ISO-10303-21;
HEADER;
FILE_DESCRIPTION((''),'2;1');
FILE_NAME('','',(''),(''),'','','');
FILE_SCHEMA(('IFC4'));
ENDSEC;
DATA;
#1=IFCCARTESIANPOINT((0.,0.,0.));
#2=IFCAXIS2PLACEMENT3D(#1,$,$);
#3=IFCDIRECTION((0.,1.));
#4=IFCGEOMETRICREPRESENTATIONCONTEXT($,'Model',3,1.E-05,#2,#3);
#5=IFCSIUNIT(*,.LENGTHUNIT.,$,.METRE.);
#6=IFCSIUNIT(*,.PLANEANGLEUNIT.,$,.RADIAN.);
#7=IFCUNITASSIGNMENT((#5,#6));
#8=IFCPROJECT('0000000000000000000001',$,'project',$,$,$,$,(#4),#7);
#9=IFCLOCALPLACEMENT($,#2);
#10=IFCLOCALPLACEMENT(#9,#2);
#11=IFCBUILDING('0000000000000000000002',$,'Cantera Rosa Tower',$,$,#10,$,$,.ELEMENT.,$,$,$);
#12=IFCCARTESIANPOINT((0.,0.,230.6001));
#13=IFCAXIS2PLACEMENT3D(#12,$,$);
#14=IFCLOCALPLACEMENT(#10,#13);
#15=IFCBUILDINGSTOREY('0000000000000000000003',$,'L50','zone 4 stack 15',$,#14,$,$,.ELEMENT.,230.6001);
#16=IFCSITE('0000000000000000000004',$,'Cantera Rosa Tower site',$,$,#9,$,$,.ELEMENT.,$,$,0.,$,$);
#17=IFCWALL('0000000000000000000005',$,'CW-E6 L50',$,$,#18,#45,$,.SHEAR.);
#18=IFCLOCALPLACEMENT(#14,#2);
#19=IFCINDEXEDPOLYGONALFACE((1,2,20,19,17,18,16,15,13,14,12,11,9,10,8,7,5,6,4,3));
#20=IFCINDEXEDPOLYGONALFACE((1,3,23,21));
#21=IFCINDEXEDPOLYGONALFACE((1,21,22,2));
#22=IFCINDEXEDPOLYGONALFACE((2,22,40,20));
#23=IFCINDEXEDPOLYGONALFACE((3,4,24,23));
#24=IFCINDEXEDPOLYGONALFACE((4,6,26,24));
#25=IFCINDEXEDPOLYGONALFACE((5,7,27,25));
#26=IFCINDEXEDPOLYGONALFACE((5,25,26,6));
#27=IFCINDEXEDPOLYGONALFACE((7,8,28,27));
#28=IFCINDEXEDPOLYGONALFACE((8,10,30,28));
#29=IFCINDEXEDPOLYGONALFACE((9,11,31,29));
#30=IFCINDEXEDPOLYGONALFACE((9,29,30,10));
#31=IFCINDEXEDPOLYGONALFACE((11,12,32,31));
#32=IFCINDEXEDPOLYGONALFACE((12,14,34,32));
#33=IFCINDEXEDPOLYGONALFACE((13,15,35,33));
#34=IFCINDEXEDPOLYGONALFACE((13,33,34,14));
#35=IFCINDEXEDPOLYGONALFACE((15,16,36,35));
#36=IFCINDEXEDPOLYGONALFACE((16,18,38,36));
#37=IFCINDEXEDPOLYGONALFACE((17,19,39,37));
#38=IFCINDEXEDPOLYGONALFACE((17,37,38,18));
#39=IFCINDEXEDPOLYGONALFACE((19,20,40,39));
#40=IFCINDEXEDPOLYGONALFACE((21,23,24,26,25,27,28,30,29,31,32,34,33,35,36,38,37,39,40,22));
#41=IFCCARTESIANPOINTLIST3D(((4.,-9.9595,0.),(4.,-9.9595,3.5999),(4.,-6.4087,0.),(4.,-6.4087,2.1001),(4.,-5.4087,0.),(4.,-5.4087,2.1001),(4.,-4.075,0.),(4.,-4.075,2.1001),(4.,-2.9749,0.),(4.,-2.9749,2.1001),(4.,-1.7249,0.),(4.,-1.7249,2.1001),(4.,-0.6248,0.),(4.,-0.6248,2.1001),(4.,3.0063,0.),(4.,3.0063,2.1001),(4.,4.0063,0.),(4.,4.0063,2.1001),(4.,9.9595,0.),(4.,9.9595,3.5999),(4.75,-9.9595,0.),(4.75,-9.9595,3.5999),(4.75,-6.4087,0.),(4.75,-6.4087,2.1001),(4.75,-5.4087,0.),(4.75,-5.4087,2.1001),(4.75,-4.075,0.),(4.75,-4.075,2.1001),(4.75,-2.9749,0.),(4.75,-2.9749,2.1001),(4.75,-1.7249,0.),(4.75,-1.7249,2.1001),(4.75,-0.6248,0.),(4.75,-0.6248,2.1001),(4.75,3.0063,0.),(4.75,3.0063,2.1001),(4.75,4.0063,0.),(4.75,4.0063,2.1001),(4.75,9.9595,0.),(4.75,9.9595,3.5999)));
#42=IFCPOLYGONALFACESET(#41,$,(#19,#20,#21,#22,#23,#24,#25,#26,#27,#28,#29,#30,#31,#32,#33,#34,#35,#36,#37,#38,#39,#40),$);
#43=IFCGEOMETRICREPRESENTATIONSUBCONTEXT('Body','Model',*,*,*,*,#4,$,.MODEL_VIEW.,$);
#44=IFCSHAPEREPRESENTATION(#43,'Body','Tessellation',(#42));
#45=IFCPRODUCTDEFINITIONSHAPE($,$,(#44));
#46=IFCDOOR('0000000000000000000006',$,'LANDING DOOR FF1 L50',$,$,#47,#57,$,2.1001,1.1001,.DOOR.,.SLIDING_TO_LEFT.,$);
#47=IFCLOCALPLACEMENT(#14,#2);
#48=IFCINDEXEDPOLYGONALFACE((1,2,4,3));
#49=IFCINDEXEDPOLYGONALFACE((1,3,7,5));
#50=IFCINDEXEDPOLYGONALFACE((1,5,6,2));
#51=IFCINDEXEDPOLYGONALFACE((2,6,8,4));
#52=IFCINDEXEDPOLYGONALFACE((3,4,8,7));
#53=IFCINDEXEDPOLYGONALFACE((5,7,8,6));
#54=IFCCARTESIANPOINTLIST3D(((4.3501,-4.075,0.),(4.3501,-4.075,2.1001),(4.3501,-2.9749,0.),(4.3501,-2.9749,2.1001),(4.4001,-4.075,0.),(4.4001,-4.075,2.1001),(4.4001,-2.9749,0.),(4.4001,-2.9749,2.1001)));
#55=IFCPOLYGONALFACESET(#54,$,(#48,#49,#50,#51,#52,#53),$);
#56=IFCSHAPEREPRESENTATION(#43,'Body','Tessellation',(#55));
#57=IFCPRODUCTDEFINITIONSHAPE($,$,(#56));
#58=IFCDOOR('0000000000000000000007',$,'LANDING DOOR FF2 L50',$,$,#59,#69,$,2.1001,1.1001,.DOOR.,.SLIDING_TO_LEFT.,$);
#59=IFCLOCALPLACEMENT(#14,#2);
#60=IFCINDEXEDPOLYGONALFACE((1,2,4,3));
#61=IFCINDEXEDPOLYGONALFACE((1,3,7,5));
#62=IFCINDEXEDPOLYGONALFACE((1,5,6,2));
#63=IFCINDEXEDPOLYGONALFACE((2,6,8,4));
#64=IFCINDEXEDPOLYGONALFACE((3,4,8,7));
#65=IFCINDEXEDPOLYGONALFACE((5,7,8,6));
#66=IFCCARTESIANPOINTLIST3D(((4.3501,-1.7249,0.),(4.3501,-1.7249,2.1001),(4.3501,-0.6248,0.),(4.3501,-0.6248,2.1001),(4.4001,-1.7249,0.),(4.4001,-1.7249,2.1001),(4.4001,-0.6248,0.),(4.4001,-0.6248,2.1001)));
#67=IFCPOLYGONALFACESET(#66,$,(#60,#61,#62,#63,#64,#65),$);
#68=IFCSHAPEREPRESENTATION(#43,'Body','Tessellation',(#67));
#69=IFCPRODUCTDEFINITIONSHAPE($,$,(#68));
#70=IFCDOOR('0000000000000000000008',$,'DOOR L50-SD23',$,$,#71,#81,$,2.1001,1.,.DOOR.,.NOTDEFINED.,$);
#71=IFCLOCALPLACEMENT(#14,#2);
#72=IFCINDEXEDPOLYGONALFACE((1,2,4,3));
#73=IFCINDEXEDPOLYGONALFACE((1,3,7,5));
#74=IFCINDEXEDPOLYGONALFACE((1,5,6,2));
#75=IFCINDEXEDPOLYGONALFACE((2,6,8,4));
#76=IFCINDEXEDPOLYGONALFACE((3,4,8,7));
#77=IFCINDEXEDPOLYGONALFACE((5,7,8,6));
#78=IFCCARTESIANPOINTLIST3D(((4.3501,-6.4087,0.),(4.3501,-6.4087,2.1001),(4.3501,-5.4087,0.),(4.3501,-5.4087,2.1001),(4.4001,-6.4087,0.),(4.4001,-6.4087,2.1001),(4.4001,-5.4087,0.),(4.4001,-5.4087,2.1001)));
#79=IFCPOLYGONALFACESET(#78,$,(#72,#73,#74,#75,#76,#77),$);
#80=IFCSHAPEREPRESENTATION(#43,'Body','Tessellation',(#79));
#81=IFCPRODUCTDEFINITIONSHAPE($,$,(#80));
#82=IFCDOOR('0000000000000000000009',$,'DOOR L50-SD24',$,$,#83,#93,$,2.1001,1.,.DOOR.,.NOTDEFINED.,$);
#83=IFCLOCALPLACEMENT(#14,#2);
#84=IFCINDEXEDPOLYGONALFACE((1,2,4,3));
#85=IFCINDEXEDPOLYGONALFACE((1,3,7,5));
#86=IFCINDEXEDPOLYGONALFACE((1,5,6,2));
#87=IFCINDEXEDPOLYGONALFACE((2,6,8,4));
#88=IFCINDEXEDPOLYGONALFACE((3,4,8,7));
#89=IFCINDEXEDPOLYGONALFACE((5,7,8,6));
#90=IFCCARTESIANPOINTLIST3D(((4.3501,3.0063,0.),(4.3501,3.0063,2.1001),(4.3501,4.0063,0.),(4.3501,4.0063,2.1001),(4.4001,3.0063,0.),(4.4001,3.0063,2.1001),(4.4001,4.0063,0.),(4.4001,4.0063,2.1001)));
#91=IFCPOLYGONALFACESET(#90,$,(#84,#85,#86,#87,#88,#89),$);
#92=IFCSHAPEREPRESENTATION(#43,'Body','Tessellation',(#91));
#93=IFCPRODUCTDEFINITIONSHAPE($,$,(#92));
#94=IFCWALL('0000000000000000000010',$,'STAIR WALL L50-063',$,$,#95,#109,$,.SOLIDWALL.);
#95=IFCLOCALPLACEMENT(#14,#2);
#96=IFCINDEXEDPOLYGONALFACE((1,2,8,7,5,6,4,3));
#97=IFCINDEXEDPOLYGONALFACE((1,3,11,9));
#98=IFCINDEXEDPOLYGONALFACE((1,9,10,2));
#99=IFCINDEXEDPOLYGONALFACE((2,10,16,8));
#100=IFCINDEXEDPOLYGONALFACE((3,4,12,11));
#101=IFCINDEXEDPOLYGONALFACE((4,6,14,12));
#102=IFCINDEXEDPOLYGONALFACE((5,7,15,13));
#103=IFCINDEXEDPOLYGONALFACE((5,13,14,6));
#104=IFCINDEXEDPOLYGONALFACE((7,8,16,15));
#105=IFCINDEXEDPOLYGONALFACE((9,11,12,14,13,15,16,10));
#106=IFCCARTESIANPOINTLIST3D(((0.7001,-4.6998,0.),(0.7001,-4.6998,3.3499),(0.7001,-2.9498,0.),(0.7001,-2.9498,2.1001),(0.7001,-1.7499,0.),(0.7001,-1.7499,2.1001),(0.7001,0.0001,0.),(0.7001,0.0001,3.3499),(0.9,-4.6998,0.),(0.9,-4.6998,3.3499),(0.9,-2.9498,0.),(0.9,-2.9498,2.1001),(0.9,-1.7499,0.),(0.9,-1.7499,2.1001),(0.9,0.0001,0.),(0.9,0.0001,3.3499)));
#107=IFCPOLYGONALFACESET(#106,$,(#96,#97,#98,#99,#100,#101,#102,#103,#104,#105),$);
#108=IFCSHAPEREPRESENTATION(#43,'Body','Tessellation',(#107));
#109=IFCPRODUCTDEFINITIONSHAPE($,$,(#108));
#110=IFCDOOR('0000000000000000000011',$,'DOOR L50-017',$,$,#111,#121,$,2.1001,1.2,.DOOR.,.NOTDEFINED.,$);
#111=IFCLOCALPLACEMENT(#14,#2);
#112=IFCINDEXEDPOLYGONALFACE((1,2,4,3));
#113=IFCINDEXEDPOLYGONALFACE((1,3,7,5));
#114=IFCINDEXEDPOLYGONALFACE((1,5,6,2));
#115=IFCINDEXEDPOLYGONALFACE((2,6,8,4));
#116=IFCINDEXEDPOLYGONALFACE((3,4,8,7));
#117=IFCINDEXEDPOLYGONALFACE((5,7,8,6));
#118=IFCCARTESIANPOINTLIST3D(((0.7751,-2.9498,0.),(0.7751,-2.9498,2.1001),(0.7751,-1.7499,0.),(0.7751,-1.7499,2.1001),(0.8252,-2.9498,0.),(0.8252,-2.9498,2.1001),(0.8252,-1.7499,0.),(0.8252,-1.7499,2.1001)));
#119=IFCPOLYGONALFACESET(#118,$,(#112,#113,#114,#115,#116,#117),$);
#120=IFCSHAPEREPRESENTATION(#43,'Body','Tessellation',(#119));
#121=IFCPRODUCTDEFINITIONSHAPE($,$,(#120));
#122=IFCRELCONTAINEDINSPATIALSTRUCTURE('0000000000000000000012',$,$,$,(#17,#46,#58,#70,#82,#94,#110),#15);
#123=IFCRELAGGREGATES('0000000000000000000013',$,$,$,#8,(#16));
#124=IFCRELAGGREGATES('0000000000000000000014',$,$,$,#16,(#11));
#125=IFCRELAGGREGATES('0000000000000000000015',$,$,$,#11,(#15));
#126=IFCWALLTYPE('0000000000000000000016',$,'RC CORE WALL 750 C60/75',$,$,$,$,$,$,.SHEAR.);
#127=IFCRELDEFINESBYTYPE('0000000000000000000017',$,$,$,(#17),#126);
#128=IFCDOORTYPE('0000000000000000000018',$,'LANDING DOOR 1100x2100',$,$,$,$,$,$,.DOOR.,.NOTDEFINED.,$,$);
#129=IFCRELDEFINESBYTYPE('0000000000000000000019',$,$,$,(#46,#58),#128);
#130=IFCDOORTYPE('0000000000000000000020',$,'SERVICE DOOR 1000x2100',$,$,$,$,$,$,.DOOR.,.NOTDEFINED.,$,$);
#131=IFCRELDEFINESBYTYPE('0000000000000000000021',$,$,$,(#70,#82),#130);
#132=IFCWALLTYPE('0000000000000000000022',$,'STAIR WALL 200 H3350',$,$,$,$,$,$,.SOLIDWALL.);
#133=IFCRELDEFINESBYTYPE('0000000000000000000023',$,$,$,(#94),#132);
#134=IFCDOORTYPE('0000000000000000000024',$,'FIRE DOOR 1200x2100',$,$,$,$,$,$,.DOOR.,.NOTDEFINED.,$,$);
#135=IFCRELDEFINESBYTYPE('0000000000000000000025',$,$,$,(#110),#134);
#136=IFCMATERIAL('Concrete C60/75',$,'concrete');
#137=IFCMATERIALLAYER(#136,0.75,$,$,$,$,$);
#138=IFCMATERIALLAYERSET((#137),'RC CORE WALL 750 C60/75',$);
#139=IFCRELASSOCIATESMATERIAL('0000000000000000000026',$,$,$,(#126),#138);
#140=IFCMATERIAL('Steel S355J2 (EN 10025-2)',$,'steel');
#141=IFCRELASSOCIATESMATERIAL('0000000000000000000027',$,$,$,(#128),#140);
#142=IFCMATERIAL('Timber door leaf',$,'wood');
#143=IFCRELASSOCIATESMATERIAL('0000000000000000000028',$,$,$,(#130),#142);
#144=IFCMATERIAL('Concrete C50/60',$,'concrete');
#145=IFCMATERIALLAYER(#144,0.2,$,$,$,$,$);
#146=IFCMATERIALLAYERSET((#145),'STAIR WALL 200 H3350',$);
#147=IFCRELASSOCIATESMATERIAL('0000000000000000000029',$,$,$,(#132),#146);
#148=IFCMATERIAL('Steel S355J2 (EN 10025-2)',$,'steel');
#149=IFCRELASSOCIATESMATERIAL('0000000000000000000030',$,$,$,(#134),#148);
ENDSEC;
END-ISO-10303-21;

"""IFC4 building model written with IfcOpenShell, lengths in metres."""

from ifc_helpers import new_model, si_unit, direction, frame, frame_2d, origin, place, context, subcontext, project, spatial, rectangle, extrude, material, layer, layer_set, type_object, element, fill, save


model = new_model("IFC4")

# Units and contexts
model_context = context("Model", 3, precision=1e-05, world=origin(), true_north=direction((0.0, 1.0)))
body_context = subcontext(model_context, "Body", "Model", "MODEL_VIEW")
ifc_project = project(units=[si_unit("LENGTHUNIT", "METRE"), si_unit("PLANEANGLEUNIT", "RADIAN")], contexts=[model_context])

# Site, building, storey
site_placement = place(None, origin())
site = spatial("IfcSite", under=ifc_project, at=site_placement, Name="Cantera Rosa Tower site", CompositionType="ELEMENT", RefElevation=0.0)
building_placement = place(site_placement, origin())
building = spatial("IfcBuilding", under=site, at=building_placement, Name="Cantera Rosa Tower", CompositionType="ELEMENT")
storey_placement = place(building_placement, frame((0.0, 0.0, 230.6001)))
storey = spatial("IfcBuildingStorey", under=building, at=storey_placement, Name="L50", Description="zone 4 stack 15", CompositionType="ELEMENT", Elevation=230.6001)

# Wall, openings, doors
ifc_material_1 = material(Name="Concrete C60/75", Category="concrete")
ifc_layer_1 = layer(ifc_material_1, 0.75)
ifc_layer_set_1 = layer_set([ifc_layer_1], Name="RC CORE WALL 750 C60/75")
wall_type_1 = type_object("IfcWallType", Name="RC CORE WALL 750 C60/75", PredefinedType="SHEAR", material=ifc_layer_set_1)
wall_1_placement = place(storey_placement, frame((4.375, -9.9595, 0.0), z_axis=(0.0, 0.0, 1.0), x_axis=(0.0, 1.0, 0.0)))
wall_1 = element("IfcWall", 1, at=wall_1_placement, inside=storey, type_object=wall_type_1, Name="CW-E6 L50", PredefinedType="SHEAR", context=body_context, shape_type="SweptSolid", body=[
    extrude(rectangle(XDim=19.9189, YDim=0.75, at=frame_2d((9.9595, 0.0))), origin(), (0.0, 0.0, 1.0), 3.5999),
])
opening_1_placement = place(wall_1_placement, frame((5.8845, 0.0, 0.0)))
opening_1 = element("IfcOpeningElement", 2, at=opening_1_placement, cuts=wall_1, PredefinedType="OPENING", context=body_context, shape_type="SweptSolid", body=[
    extrude(rectangle(XDim=1.1001, YDim=2.1001, at=frame_2d((0.55, 1.05))), frame((0.0, 0.385, 0.0), z_axis=(0.0, -1.0, 0.0), x_axis=(1.0, 0.0, 0.0)), (0.0, 0.0, 1.0), 0.77),
])
opening_2_placement = place(wall_1_placement, frame((8.2346, 0.0, 0.0)))
opening_2 = element("IfcOpeningElement", 3, at=opening_2_placement, cuts=wall_1, PredefinedType="OPENING", context=body_context, shape_type="SweptSolid", body=[
    extrude(rectangle(XDim=1.1001, YDim=2.1001, at=frame_2d((0.55, 1.05))), frame((0.0, 0.385, 0.0), z_axis=(0.0, -1.0, 0.0), x_axis=(1.0, 0.0, 0.0)), (0.0, 0.0, 1.0), 0.77),
])
opening_3_placement = place(wall_1_placement, frame((3.5508, 0.0, 0.0)))
opening_3 = element("IfcOpeningElement", 4, at=opening_3_placement, cuts=wall_1, PredefinedType="OPENING", context=body_context, shape_type="SweptSolid", body=[
    extrude(rectangle(XDim=1.0, YDim=2.1001, at=frame_2d((0.5, 1.05))), frame((0.0, 0.385, 0.0), z_axis=(0.0, -1.0, 0.0), x_axis=(1.0, 0.0, 0.0)), (0.0, 0.0, 1.0), 0.77),
])
opening_4_placement = place(wall_1_placement, frame((12.9658, 0.0, 0.0)))
opening_4 = element("IfcOpeningElement", 5, at=opening_4_placement, cuts=wall_1, PredefinedType="OPENING", context=body_context, shape_type="SweptSolid", body=[
    extrude(rectangle(XDim=1.0, YDim=2.1001, at=frame_2d((0.5, 1.05))), frame((0.0, 0.385, 0.0), z_axis=(0.0, -1.0, 0.0), x_axis=(1.0, 0.0, 0.0)), (0.0, 0.0, 1.0), 0.77),
])
ifc_material_2 = material(Name="Steel S355J2 (EN 10025-2)", Category="steel")
door_type_1 = type_object("IfcDoorType", Name="LANDING DOOR 1100x2100", OperationType="NOTDEFINED", PredefinedType="DOOR", material=ifc_material_2)
door_1_placement = place(opening_1_placement, origin())
door_1 = element("IfcDoor", 6, at=door_1_placement, inside=storey, type_object=door_type_1, Name="LANDING DOOR FF1 L50", OperationType="SLIDING_TO_LEFT", OverallHeight=2.1001, OverallWidth=1.1001, PredefinedType="DOOR", context=body_context, shape_type="SweptSolid", body=[
    extrude(rectangle(XDim=1.1001, YDim=2.1001, at=frame_2d((0.55, 1.05))), frame((0.0, 0.0249, 0.0), z_axis=(0.0, -1.0, 0.0), x_axis=(1.0, 0.0, 0.0)), (0.0, 0.0, 1.0), 0.05),
])
fill(opening_1, door_1)
door_2_placement = place(opening_2_placement, origin())
door_2 = element("IfcDoor", 7, at=door_2_placement, inside=storey, type_object=door_type_1, Name="LANDING DOOR FF2 L50", OperationType="SLIDING_TO_LEFT", OverallHeight=2.1001, OverallWidth=1.1001, PredefinedType="DOOR", context=body_context, shape_type="SweptSolid", body=[
    extrude(rectangle(XDim=1.1001, YDim=2.1001, at=frame_2d((0.55, 1.05))), frame((0.0, 0.0249, 0.0), z_axis=(0.0, -1.0, 0.0), x_axis=(1.0, 0.0, 0.0)), (0.0, 0.0, 1.0), 0.05),
])
fill(opening_2, door_2)
ifc_material_3 = material(Name="Timber door leaf", Category="wood")
door_type_2 = type_object("IfcDoorType", Name="SERVICE DOOR 1000x2100", OperationType="NOTDEFINED", PredefinedType="DOOR", material=ifc_material_3)
door_3_placement = place(opening_3_placement, origin())
door_3 = element("IfcDoor", 8, at=door_3_placement, inside=storey, type_object=door_type_2, Name="DOOR L50-SD23", OperationType="NOTDEFINED", OverallHeight=2.1001, OverallWidth=1.0, PredefinedType="DOOR", context=body_context, shape_type="SweptSolid", body=[
    extrude(rectangle(XDim=1.0, YDim=2.1001, at=frame_2d((0.5, 1.05))), frame((0.0, 0.0249, 0.0), z_axis=(0.0, -1.0, 0.0), x_axis=(1.0, 0.0, 0.0)), (0.0, 0.0, 1.0), 0.05),
])
fill(opening_3, door_3)
door_4_placement = place(opening_4_placement, origin())
door_4 = element("IfcDoor", 9, at=door_4_placement, inside=storey, type_object=door_type_2, Name="DOOR L50-SD24", OperationType="NOTDEFINED", OverallHeight=2.1001, OverallWidth=1.0, PredefinedType="DOOR", context=body_context, shape_type="SweptSolid", body=[
    extrude(rectangle(XDim=1.0, YDim=2.1001, at=frame_2d((0.5, 1.05))), frame((0.0, 0.0249, 0.0), z_axis=(0.0, -1.0, 0.0), x_axis=(1.0, 0.0, 0.0)), (0.0, 0.0, 1.0), 0.05),
])
fill(opening_4, door_4)

# Wall, opening, door
ifc_material_4 = material(Name="Concrete C50/60", Category="concrete")
ifc_layer_2 = layer(ifc_material_4, 0.2)
ifc_layer_set_2 = layer_set([ifc_layer_2], Name="STAIR WALL 200 H3350")
wall_type_2 = type_object("IfcWallType", Name="STAIR WALL 200 H3350", PredefinedType="SOLIDWALL", material=ifc_layer_set_2)
wall_2_placement = place(storey_placement, frame((0.8, -4.7, 0.0), z_axis=(0.0, 0.0, 1.0), x_axis=(0.0, 1.0, 0.0)))
wall_2 = element("IfcWall", 10, at=wall_2_placement, inside=storey, type_object=wall_type_2, Name="STAIR WALL L50-063", PredefinedType="SOLIDWALL", context=body_context, shape_type="SweptSolid", body=[
    extrude(rectangle(XDim=4.7, YDim=0.2, at=frame_2d((2.3501, 0.0))), origin(), (0.0, 0.0, 1.0), 3.3499),
])
opening_5_placement = place(wall_2_placement, frame((1.75, 0.0, 0.0)))
opening_5 = element("IfcOpeningElement", 11, at=opening_5_placement, cuts=wall_2, PredefinedType="OPENING", context=body_context, shape_type="SweptSolid", body=[
    extrude(rectangle(XDim=1.2, YDim=2.1001, at=frame_2d((0.6001, 1.05))), frame((0.0, 0.1099, 0.0), z_axis=(0.0, -1.0, 0.0), x_axis=(1.0, 0.0, 0.0)), (0.0, 0.0, 1.0), 0.22),
])
ifc_material_5 = material(Name="Steel S355J2 (EN 10025-2)", Category="steel")
door_type_3 = type_object("IfcDoorType", Name="FIRE DOOR 1200x2100", OperationType="NOTDEFINED", PredefinedType="DOOR", material=ifc_material_5)
door_5_placement = place(opening_5_placement, origin())
door_5 = element("IfcDoor", 12, at=door_5_placement, inside=storey, type_object=door_type_3, Name="DOOR L50-017", OperationType="NOTDEFINED", OverallHeight=2.1001, OverallWidth=1.2, PredefinedType="DOOR", context=body_context, shape_type="SweptSolid", body=[
    extrude(rectangle(XDim=1.2, YDim=2.1001, at=frame_2d((0.6001, 1.05))), frame((0.0, 0.0249, 0.0), z_axis=(0.0, -1.0, 0.0), x_axis=(1.0, 0.0, 0.0)), (0.0, 0.0, 1.0), 0.05),
])
fill(opening_5, door_5)

save(model, "model.ifc")
